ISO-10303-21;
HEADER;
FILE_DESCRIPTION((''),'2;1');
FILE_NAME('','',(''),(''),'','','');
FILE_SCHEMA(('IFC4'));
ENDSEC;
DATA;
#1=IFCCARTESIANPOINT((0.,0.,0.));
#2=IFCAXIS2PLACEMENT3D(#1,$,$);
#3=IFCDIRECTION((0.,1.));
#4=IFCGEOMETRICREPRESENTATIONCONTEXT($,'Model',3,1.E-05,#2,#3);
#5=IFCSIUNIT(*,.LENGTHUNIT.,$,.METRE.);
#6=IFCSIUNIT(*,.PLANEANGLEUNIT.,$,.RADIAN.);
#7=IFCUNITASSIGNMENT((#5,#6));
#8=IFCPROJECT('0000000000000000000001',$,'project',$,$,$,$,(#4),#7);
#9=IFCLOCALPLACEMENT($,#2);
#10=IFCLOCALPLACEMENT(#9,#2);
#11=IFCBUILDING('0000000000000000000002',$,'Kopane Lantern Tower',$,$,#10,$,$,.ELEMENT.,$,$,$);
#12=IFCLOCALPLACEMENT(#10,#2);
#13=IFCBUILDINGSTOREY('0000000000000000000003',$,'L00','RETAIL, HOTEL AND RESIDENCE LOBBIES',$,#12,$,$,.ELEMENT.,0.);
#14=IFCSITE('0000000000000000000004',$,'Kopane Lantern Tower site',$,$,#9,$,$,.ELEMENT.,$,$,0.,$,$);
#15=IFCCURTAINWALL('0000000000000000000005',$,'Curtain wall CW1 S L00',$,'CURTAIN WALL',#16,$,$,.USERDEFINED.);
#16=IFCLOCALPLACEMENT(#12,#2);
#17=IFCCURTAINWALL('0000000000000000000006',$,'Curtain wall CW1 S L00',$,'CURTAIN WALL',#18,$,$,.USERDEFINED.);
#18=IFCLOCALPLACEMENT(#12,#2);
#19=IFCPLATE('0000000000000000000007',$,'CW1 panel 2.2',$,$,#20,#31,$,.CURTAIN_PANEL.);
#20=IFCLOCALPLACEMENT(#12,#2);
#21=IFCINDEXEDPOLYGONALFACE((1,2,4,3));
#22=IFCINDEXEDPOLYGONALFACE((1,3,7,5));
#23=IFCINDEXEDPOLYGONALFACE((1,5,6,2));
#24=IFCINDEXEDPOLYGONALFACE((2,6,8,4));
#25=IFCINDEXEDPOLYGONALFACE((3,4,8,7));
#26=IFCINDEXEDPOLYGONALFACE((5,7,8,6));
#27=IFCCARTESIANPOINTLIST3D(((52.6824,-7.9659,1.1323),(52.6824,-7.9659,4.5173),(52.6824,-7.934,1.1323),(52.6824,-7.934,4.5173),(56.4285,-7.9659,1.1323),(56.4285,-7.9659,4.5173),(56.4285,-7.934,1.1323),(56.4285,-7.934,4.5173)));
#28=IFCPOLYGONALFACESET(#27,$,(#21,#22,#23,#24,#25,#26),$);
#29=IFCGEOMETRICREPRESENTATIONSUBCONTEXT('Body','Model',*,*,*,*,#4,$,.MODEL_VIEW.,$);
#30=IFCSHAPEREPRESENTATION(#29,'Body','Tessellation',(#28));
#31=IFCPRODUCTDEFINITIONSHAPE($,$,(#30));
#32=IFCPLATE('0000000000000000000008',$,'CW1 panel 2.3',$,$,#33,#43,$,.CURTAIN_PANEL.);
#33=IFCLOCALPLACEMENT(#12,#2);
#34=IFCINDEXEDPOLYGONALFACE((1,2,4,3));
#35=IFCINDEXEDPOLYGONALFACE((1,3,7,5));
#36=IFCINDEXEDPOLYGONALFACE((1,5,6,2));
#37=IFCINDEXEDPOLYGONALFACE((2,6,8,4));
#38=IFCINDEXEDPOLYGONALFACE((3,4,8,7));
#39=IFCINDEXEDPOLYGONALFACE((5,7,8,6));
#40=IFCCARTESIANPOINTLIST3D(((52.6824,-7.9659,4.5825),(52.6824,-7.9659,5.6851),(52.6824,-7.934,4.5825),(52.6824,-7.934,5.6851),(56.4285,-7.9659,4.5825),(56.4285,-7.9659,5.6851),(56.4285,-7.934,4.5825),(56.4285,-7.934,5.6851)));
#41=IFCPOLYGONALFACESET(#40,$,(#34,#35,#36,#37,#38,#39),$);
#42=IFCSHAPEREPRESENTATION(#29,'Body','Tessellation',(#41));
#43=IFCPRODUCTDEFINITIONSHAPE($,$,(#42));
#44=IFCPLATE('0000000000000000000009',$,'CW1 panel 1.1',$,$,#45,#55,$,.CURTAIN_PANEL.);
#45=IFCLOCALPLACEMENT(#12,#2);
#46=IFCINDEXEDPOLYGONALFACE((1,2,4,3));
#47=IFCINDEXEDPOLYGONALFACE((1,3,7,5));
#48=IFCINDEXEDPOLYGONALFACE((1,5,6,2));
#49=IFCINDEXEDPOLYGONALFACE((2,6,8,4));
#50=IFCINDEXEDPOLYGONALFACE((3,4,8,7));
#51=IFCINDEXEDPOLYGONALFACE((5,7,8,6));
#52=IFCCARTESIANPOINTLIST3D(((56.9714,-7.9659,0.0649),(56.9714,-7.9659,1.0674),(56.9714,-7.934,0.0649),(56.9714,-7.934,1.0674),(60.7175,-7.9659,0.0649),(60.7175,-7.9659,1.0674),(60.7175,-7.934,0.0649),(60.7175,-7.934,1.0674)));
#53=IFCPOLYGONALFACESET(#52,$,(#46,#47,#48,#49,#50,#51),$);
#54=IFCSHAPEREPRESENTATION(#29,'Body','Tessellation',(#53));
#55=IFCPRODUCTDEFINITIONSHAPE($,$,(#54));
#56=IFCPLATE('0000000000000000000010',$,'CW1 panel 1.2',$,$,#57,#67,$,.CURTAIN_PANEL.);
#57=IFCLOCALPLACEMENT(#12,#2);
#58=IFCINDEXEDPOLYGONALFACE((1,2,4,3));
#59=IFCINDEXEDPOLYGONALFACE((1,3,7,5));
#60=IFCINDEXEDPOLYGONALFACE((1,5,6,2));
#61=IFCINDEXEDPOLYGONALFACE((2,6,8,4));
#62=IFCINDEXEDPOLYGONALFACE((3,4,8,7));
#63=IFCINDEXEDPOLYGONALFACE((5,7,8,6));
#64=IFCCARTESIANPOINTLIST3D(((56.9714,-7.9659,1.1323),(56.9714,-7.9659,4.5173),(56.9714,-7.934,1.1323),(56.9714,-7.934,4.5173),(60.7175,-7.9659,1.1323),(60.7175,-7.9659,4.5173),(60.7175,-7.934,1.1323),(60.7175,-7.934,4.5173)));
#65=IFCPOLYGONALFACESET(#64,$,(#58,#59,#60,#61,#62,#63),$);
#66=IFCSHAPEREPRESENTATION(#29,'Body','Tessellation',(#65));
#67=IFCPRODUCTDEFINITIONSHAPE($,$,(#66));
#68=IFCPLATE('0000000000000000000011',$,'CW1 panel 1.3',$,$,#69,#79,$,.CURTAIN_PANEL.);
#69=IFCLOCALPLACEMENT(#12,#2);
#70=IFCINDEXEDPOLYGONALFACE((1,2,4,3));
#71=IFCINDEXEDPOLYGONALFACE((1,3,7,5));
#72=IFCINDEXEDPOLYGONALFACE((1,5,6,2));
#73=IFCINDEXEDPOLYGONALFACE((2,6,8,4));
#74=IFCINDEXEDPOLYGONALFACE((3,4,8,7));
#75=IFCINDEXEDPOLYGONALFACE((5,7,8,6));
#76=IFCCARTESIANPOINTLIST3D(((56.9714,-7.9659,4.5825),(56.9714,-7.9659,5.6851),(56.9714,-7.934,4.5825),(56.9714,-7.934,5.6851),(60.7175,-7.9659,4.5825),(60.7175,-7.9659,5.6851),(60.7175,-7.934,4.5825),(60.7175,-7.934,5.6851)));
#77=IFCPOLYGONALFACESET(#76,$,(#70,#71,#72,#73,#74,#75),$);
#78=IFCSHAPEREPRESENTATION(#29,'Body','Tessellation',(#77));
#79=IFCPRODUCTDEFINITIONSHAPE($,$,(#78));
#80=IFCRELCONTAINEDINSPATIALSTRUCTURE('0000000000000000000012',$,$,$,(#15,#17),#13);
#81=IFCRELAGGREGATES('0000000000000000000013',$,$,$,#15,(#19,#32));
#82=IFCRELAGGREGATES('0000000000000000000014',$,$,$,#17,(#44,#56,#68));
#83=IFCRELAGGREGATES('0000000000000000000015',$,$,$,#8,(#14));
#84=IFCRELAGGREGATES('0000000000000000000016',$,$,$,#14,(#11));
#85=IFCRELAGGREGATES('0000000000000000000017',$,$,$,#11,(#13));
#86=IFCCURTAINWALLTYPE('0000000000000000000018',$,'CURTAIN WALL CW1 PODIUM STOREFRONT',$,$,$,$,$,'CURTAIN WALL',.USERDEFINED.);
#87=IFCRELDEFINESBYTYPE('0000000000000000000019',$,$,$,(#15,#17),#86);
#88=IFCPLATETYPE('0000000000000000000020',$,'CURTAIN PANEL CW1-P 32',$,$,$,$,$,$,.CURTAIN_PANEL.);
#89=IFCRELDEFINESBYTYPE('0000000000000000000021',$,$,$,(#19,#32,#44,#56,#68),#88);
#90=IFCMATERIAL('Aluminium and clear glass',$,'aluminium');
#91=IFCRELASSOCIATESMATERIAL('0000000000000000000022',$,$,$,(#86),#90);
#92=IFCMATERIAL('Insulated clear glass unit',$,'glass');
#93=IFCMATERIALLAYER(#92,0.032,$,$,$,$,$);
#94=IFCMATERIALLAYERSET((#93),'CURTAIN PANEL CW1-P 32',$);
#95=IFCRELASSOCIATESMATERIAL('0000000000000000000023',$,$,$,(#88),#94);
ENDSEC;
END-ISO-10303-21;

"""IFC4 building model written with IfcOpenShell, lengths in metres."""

from ifc_helpers import new_model, si_unit, direction, frame, origin, origin_2d, place, context, subcontext, project, spatial, rectangle, extrude, material, layer, layer_set, type_object, element, aggregate, save


model = new_model("IFC4")

# Units and contexts
model_context = context("Model", 3, precision=1e-05, world=origin(), true_north=direction((0.0, 1.0)))
body_context = subcontext(model_context, "Body", "Model", "MODEL_VIEW")
ifc_project = project(units=[si_unit("LENGTHUNIT", "METRE"), si_unit("PLANEANGLEUNIT", "RADIAN")], contexts=[model_context])

# Site, building, storey
site_placement = place(None, origin())
site = spatial("IfcSite", under=ifc_project, at=site_placement, Name="Kopane Lantern Tower site", CompositionType="ELEMENT", RefElevation=0.0)
building_placement = place(site_placement, origin())
building = spatial("IfcBuilding", under=site, at=building_placement, Name="Kopane Lantern Tower", CompositionType="ELEMENT")
storey_placement = place(building_placement, origin())
storey = spatial("IfcBuildingStorey", under=building, at=storey_placement, Name="L00", Description="RETAIL, HOTEL AND RESIDENCE LOBBIES", CompositionType="ELEMENT", Elevation=0.0)

# Curtain wall
ifc_material_1 = material(Name="Aluminium and clear glass", Category="aluminium")
curtain_wall_type = type_object("IfcCurtainWallType", Name="CURTAIN WALL CW1 PODIUM STOREFRONT", ElementType="CURTAIN WALL", PredefinedType="USERDEFINED", material=ifc_material_1)
curtain_wall_1_placement = place(storey_placement, origin())
curtain_wall_1 = element("IfcCurtainWall", 1, at=curtain_wall_1_placement, inside=storey, type_object=curtain_wall_type, Name="Curtain wall CW1 S L00", ObjectType="CURTAIN WALL", PredefinedType="USERDEFINED")

# Curtain wall
curtain_wall_2_placement = place(storey_placement, origin())
curtain_wall_2 = element("IfcCurtainWall", 2, at=curtain_wall_2_placement, inside=storey, type_object=curtain_wall_type, Name="Curtain wall CW1 S L00", ObjectType="CURTAIN WALL", PredefinedType="USERDEFINED")

# Plates
ifc_material_2 = material(Name="Insulated clear glass unit", Category="glass")
ifc_layer = layer(ifc_material_2, 0.032)
ifc_layer_set = layer_set([ifc_layer], Name="CURTAIN PANEL CW1-P 32")
plate_type = type_object("IfcPlateType", Name="CURTAIN PANEL CW1-P 32", PredefinedType="CURTAIN_PANEL", material=ifc_layer_set)
plate_1_placement = place(storey_placement, frame((54.5554, -7.95, 1.1323), z_axis=(0.0, 0.0, 1.0), x_axis=(1.0, 0.0, 0.0)))
plate_1 = element("IfcPlate", 3, at=plate_1_placement, type_object=plate_type, Name="CW1 panel 2.2", PredefinedType="CURTAIN_PANEL", context=body_context, shape_type="SweptSolid", body=[
    extrude(rectangle(XDim=3.7461, YDim=0.032, at=origin_2d()), origin(), (0.0, 0.0, 1.0), 3.385),
])
plate_2_placement = place(storey_placement, frame((54.5554, -7.95, 4.5825), z_axis=(0.0, 0.0, 1.0), x_axis=(1.0, 0.0, 0.0)))
plate_2 = element("IfcPlate", 4, at=plate_2_placement, type_object=plate_type, Name="CW1 panel 2.3", PredefinedType="CURTAIN_PANEL", context=body_context, shape_type="SweptSolid", body=[
    extrude(rectangle(XDim=3.7461, YDim=0.032, at=origin_2d()), origin(), (0.0, 0.0, 1.0), 1.1025),
])
aggregate(curtain_wall_1, [plate_1, plate_2])
plate_3_placement = place(storey_placement, frame((58.8445, -7.95, 0.0649), z_axis=(0.0, 0.0, 1.0), x_axis=(1.0, 0.0, 0.0)))
plate_3 = element("IfcPlate", 5, at=plate_3_placement, type_object=plate_type, Name="CW1 panel 1.1", PredefinedType="CURTAIN_PANEL", context=body_context, shape_type="SweptSolid", body=[
    extrude(rectangle(XDim=3.7461, YDim=0.032, at=origin_2d()), origin(), (0.0, 0.0, 1.0), 1.0024),
])
plate_4_placement = place(storey_placement, frame((58.8445, -7.95, 1.1323), z_axis=(0.0, 0.0, 1.0), x_axis=(1.0, 0.0, 0.0)))
plate_4 = element("IfcPlate", 6, at=plate_4_placement, type_object=plate_type, Name="CW1 panel 1.2", PredefinedType="CURTAIN_PANEL", context=body_context, shape_type="SweptSolid", body=[
    extrude(rectangle(XDim=3.7461, YDim=0.032, at=origin_2d()), origin(), (0.0, 0.0, 1.0), 3.385),
])
plate_5_placement = place(storey_placement, frame((58.8445, -7.95, 4.5825), z_axis=(0.0, 0.0, 1.0), x_axis=(1.0, 0.0, 0.0)))
plate_5 = element("IfcPlate", 7, at=plate_5_placement, type_object=plate_type, Name="CW1 panel 1.3", PredefinedType="CURTAIN_PANEL", context=body_context, shape_type="SweptSolid", body=[
    extrude(rectangle(XDim=3.7461, YDim=0.032, at=origin_2d()), origin(), (0.0, 0.0, 1.0), 1.1025),
])
aggregate(curtain_wall_2, [plate_3, plate_4, plate_5])

save(model, "model.ifc")
